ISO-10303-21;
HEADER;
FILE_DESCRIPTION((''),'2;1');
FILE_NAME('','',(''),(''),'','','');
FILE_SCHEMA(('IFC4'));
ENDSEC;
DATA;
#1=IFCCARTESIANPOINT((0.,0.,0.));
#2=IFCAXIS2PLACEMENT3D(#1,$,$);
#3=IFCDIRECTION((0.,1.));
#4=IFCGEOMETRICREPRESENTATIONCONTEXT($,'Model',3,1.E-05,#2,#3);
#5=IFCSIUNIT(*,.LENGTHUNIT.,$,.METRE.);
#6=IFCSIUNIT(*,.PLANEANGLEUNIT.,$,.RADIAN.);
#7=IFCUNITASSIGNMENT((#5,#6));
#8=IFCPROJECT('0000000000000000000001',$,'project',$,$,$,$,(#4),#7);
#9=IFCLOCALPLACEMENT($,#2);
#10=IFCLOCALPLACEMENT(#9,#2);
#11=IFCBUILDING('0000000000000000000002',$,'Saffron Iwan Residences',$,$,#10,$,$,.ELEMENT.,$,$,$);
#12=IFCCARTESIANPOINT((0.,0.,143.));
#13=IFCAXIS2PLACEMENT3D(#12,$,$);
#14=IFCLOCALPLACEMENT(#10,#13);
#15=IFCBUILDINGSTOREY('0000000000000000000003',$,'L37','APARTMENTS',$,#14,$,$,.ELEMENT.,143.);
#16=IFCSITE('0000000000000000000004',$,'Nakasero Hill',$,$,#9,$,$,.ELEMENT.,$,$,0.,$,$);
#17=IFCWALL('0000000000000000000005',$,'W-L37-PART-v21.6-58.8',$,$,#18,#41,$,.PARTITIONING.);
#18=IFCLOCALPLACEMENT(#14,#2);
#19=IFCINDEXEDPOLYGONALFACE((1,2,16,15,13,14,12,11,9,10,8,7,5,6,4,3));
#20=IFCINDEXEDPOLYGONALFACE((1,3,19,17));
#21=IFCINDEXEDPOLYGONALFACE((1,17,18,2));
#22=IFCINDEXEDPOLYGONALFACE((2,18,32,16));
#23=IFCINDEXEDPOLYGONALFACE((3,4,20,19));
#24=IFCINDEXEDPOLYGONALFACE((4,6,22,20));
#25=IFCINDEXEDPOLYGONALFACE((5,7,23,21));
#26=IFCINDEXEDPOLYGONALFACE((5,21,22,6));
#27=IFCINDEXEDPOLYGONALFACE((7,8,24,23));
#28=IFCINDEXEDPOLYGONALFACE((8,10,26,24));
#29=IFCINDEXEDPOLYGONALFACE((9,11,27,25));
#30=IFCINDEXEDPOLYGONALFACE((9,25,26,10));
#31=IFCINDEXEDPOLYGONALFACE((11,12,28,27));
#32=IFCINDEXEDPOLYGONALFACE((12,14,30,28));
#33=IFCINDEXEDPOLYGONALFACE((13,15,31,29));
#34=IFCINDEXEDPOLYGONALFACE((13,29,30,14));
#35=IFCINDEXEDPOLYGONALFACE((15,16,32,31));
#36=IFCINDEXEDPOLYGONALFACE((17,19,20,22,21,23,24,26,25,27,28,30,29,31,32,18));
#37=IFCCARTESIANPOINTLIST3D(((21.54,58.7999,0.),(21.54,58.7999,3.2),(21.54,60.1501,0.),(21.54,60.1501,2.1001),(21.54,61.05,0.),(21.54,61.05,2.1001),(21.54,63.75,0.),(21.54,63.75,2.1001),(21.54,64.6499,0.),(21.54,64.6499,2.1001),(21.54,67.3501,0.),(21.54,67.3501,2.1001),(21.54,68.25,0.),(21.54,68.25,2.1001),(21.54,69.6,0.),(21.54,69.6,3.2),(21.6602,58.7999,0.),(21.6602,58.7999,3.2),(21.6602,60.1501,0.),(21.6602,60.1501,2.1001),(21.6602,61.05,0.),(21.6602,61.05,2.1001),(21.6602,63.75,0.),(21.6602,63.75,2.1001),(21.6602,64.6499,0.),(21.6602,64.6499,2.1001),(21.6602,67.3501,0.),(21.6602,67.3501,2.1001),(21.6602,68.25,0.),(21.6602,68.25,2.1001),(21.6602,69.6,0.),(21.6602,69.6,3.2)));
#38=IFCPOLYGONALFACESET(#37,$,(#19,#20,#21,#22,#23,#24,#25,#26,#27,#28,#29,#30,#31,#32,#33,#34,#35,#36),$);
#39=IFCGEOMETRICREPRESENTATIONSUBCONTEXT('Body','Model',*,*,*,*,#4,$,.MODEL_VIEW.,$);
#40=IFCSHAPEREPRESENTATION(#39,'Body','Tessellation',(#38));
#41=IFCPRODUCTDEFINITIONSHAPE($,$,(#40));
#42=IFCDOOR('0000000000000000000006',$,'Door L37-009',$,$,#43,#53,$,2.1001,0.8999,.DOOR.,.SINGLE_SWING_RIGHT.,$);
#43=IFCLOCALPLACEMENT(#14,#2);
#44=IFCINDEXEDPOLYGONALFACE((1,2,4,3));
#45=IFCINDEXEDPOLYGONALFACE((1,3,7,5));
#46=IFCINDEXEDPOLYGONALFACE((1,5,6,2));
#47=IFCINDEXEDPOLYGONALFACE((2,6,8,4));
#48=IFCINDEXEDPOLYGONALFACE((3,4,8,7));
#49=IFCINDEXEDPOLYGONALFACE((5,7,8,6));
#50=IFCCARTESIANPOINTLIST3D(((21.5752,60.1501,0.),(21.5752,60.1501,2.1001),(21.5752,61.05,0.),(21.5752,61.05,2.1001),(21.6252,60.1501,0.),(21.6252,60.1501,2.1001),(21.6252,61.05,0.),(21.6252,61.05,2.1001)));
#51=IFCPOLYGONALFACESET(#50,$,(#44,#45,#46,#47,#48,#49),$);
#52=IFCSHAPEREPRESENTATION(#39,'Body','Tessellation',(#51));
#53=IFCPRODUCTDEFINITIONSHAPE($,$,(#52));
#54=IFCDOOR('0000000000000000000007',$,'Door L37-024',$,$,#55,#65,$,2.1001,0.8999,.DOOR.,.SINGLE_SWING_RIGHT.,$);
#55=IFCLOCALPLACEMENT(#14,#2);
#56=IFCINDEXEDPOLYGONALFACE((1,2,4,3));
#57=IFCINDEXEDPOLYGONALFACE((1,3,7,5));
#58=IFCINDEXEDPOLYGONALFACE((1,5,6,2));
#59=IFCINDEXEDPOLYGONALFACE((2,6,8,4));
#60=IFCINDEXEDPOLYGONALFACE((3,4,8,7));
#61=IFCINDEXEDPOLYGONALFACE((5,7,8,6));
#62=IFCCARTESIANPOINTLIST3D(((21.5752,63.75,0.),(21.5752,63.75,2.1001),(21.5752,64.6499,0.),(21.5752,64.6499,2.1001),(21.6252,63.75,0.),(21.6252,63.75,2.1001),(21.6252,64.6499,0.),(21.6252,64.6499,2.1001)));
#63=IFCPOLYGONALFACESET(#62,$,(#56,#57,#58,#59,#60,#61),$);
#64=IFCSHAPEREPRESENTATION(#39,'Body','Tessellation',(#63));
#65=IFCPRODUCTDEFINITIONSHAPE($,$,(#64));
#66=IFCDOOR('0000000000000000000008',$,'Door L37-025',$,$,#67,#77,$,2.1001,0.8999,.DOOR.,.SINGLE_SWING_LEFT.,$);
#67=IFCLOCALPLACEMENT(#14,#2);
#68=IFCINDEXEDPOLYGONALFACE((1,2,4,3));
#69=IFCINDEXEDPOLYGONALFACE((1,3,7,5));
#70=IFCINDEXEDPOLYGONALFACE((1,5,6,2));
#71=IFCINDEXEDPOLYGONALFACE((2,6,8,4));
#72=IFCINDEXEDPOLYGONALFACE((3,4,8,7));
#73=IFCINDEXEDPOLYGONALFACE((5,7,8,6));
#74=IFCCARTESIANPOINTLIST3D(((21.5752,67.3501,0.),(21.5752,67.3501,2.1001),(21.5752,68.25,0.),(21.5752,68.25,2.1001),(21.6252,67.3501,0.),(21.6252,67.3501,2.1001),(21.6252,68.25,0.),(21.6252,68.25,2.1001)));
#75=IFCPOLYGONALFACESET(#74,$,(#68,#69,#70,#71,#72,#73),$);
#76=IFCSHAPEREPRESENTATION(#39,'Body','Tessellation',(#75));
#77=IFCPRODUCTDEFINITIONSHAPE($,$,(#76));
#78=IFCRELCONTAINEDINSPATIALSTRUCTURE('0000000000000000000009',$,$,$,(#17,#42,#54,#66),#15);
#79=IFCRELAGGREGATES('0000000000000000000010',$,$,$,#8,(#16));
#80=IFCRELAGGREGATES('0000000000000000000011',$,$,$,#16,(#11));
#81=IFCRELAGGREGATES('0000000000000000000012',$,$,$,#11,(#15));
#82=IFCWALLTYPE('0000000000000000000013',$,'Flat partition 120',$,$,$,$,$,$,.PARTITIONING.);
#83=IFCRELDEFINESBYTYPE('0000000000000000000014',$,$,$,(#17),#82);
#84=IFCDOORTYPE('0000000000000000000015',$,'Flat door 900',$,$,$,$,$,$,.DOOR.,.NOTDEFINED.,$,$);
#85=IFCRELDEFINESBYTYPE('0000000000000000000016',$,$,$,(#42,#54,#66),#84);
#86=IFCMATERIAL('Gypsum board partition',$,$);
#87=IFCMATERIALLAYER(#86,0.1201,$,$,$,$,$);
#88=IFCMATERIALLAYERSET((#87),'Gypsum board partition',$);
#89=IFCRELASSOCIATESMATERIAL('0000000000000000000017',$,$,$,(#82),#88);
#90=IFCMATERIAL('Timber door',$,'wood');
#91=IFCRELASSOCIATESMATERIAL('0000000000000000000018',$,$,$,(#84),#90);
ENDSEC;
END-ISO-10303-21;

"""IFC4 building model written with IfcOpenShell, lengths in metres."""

from ifc_helpers import new_model, si_unit, direction, frame, frame_2d, origin, place, context, subcontext, project, spatial, rectangle, extrude, material, layer, layer_set, type_object, element, fill, save


model = new_model("IFC4")

# Units and contexts
model_context = context("Model", 3, precision=1e-05, world=origin(), true_north=direction((0.0, 1.0)))
body_context = subcontext(model_context, "Body", "Model", "MODEL_VIEW")
ifc_project = project(units=[si_unit("LENGTHUNIT", "METRE"), si_unit("PLANEANGLEUNIT", "RADIAN")], contexts=[model_context])

# Site, building, storey
site_placement = place(None, origin())
site = spatial("IfcSite", under=ifc_project, at=site_placement, Name="Nakasero Hill", CompositionType="ELEMENT", RefElevation=0.0)
building_placement = place(site_placement, origin())
building = spatial("IfcBuilding", under=site, at=building_placement, Name="Saffron Iwan Residences", CompositionType="ELEMENT")
storey_placement = place(building_placement, frame((0.0, 0.0, 143.0)))
storey = spatial("IfcBuildingStorey", under=building, at=storey_placement, Name="L37", Description="APARTMENTS", CompositionType="ELEMENT", Elevation=143.0)

# Shared definitions
ifc_material_1 = material(Name="Gypsum board partition")
ifc_layer_1 = layer(ifc_material_1, 0.1201)
ifc_layer_set_1 = layer_set([ifc_layer_1], Name="Gypsum board partition")
wall_type_1 = type_object("IfcWallType", Name="Flat partition 120", PredefinedType="PARTITIONING", material=ifc_layer_set_1)

# Shared definitions
ifc_material_2 = material(Name="Timber door", Category="wood")
door_type = type_object("IfcDoorType", Name="Flat door 900", OperationType="NOTDEFINED", PredefinedType="DOOR", material=ifc_material_2)

# Wall, openings, doors
wall_1_placement = place(storey_placement, frame((21.6001, 58.8, 0.0), z_axis=(0.0, 0.0, 1.0), x_axis=(0.0, 1.0, 0.0)))
wall_1 = element("IfcWall", 1, at=wall_1_placement, inside=storey, type_object=wall_type_1, Name="W-L37-PART-v21.6-58.8", PredefinedType="PARTITIONING", context=body_context, shape_type="SweptSolid", body=[
    extrude(rectangle(XDim=10.8, YDim=0.1201, at=frame_2d((5.3999, 0.0))), origin(), (0.0, 0.0, 1.0), 3.2),
])
opening_1_placement = place(wall_1_placement, frame((1.3501, 0.0, 0.0)))
opening_1 = element("IfcOpeningElement", 2, at=opening_1_placement, cuts=wall_1, PredefinedType="OPENING", context=body_context, shape_type="SweptSolid", body=[
    extrude(rectangle(XDim=0.8999, YDim=2.1001, at=frame_2d((0.45, 1.05))), frame((0.0, 0.0701, 0.0), z_axis=(0.0, -1.0, 0.0), x_axis=(1.0, 0.0, 0.0)), (0.0, 0.0, 1.0), 0.1401),
])
opening_2_placement = place(wall_1_placement, frame((4.95, 0.0, 0.0)))
opening_2 = element("IfcOpeningElement", 3, at=opening_2_placement, cuts=wall_1, PredefinedType="OPENING", context=body_context, shape_type="SweptSolid", body=[
    extrude(rectangle(XDim=0.8999, YDim=2.1001, at=frame_2d((0.45, 1.05))), frame((0.0, 0.0701, 0.0), z_axis=(0.0, -1.0, 0.0), x_axis=(1.0, 0.0, 0.0)), (0.0, 0.0, 1.0), 0.1401),
])
opening_3_placement = place(wall_1_placement, frame((8.55, 0.0, 0.0)))
opening_3 = element("IfcOpeningElement", 4, at=opening_3_placement, cuts=wall_1, PredefinedType="OPENING", context=body_context, shape_type="SweptSolid", body=[
    extrude(rectangle(XDim=0.8999, YDim=2.1001, at=frame_2d((0.45, 1.05))), frame((0.0, 0.0701, 0.0), z_axis=(0.0, -1.0, 0.0), x_axis=(1.0, 0.0, 0.0)), (0.0, 0.0, 1.0), 0.1401),
])
door_1_placement = place(opening_1_placement, origin())
door_1 = element("IfcDoor", 5, at=door_1_placement, inside=storey, type_object=door_type, Name="Door L37-009", OperationType="SINGLE_SWING_RIGHT", OverallHeight=2.1001, OverallWidth=0.8999, PredefinedType="DOOR", context=body_context, shape_type="SweptSolid", body=[
    extrude(rectangle(XDim=0.8999, YDim=2.1001, at=frame_2d((0.45, 1.05))), frame((0.0, 0.0249, 0.0), z_axis=(0.0, -1.0, 0.0), x_axis=(1.0, 0.0, 0.0)), (0.0, 0.0, 1.0), 0.05),
])
fill(opening_1, door_1)
door_2_placement = place(opening_2_placement, origin())
door_2 = element("IfcDoor", 6, at=door_2_placement, inside=storey, type_object=door_type, Name="Door L37-024", OperationType="SINGLE_SWING_RIGHT", OverallHeight=2.1001, OverallWidth=0.8999, PredefinedType="DOOR", context=body_context, shape_type="SweptSolid", body=[
    extrude(rectangle(XDim=0.8999, YDim=2.1001, at=frame_2d((0.45, 1.05))), frame((0.0, 0.0249, 0.0), z_axis=(0.0, -1.0, 0.0), x_axis=(1.0, 0.0, 0.0)), (0.0, 0.0, 1.0), 0.05),
])
fill(opening_2, door_2)
door_3_placement = place(opening_3_placement, origin())
door_3 = element("IfcDoor", 7, at=door_3_placement, inside=storey, type_object=door_type, Name="Door L37-025", OperationType="SINGLE_SWING_LEFT", OverallHeight=2.1001, OverallWidth=0.8999, PredefinedType="DOOR", context=body_context, shape_type="SweptSolid", body=[
    extrude(rectangle(XDim=0.8999, YDim=2.1001, at=frame_2d((0.45, 1.05))), frame((0.0, 0.0249, 0.0), z_axis=(0.0, -1.0, 0.0), x_axis=(1.0, 0.0, 0.0)), (0.0, 0.0, 1.0), 0.05),
])
fill(opening_3, door_3)

save(model, "model.ifc")
